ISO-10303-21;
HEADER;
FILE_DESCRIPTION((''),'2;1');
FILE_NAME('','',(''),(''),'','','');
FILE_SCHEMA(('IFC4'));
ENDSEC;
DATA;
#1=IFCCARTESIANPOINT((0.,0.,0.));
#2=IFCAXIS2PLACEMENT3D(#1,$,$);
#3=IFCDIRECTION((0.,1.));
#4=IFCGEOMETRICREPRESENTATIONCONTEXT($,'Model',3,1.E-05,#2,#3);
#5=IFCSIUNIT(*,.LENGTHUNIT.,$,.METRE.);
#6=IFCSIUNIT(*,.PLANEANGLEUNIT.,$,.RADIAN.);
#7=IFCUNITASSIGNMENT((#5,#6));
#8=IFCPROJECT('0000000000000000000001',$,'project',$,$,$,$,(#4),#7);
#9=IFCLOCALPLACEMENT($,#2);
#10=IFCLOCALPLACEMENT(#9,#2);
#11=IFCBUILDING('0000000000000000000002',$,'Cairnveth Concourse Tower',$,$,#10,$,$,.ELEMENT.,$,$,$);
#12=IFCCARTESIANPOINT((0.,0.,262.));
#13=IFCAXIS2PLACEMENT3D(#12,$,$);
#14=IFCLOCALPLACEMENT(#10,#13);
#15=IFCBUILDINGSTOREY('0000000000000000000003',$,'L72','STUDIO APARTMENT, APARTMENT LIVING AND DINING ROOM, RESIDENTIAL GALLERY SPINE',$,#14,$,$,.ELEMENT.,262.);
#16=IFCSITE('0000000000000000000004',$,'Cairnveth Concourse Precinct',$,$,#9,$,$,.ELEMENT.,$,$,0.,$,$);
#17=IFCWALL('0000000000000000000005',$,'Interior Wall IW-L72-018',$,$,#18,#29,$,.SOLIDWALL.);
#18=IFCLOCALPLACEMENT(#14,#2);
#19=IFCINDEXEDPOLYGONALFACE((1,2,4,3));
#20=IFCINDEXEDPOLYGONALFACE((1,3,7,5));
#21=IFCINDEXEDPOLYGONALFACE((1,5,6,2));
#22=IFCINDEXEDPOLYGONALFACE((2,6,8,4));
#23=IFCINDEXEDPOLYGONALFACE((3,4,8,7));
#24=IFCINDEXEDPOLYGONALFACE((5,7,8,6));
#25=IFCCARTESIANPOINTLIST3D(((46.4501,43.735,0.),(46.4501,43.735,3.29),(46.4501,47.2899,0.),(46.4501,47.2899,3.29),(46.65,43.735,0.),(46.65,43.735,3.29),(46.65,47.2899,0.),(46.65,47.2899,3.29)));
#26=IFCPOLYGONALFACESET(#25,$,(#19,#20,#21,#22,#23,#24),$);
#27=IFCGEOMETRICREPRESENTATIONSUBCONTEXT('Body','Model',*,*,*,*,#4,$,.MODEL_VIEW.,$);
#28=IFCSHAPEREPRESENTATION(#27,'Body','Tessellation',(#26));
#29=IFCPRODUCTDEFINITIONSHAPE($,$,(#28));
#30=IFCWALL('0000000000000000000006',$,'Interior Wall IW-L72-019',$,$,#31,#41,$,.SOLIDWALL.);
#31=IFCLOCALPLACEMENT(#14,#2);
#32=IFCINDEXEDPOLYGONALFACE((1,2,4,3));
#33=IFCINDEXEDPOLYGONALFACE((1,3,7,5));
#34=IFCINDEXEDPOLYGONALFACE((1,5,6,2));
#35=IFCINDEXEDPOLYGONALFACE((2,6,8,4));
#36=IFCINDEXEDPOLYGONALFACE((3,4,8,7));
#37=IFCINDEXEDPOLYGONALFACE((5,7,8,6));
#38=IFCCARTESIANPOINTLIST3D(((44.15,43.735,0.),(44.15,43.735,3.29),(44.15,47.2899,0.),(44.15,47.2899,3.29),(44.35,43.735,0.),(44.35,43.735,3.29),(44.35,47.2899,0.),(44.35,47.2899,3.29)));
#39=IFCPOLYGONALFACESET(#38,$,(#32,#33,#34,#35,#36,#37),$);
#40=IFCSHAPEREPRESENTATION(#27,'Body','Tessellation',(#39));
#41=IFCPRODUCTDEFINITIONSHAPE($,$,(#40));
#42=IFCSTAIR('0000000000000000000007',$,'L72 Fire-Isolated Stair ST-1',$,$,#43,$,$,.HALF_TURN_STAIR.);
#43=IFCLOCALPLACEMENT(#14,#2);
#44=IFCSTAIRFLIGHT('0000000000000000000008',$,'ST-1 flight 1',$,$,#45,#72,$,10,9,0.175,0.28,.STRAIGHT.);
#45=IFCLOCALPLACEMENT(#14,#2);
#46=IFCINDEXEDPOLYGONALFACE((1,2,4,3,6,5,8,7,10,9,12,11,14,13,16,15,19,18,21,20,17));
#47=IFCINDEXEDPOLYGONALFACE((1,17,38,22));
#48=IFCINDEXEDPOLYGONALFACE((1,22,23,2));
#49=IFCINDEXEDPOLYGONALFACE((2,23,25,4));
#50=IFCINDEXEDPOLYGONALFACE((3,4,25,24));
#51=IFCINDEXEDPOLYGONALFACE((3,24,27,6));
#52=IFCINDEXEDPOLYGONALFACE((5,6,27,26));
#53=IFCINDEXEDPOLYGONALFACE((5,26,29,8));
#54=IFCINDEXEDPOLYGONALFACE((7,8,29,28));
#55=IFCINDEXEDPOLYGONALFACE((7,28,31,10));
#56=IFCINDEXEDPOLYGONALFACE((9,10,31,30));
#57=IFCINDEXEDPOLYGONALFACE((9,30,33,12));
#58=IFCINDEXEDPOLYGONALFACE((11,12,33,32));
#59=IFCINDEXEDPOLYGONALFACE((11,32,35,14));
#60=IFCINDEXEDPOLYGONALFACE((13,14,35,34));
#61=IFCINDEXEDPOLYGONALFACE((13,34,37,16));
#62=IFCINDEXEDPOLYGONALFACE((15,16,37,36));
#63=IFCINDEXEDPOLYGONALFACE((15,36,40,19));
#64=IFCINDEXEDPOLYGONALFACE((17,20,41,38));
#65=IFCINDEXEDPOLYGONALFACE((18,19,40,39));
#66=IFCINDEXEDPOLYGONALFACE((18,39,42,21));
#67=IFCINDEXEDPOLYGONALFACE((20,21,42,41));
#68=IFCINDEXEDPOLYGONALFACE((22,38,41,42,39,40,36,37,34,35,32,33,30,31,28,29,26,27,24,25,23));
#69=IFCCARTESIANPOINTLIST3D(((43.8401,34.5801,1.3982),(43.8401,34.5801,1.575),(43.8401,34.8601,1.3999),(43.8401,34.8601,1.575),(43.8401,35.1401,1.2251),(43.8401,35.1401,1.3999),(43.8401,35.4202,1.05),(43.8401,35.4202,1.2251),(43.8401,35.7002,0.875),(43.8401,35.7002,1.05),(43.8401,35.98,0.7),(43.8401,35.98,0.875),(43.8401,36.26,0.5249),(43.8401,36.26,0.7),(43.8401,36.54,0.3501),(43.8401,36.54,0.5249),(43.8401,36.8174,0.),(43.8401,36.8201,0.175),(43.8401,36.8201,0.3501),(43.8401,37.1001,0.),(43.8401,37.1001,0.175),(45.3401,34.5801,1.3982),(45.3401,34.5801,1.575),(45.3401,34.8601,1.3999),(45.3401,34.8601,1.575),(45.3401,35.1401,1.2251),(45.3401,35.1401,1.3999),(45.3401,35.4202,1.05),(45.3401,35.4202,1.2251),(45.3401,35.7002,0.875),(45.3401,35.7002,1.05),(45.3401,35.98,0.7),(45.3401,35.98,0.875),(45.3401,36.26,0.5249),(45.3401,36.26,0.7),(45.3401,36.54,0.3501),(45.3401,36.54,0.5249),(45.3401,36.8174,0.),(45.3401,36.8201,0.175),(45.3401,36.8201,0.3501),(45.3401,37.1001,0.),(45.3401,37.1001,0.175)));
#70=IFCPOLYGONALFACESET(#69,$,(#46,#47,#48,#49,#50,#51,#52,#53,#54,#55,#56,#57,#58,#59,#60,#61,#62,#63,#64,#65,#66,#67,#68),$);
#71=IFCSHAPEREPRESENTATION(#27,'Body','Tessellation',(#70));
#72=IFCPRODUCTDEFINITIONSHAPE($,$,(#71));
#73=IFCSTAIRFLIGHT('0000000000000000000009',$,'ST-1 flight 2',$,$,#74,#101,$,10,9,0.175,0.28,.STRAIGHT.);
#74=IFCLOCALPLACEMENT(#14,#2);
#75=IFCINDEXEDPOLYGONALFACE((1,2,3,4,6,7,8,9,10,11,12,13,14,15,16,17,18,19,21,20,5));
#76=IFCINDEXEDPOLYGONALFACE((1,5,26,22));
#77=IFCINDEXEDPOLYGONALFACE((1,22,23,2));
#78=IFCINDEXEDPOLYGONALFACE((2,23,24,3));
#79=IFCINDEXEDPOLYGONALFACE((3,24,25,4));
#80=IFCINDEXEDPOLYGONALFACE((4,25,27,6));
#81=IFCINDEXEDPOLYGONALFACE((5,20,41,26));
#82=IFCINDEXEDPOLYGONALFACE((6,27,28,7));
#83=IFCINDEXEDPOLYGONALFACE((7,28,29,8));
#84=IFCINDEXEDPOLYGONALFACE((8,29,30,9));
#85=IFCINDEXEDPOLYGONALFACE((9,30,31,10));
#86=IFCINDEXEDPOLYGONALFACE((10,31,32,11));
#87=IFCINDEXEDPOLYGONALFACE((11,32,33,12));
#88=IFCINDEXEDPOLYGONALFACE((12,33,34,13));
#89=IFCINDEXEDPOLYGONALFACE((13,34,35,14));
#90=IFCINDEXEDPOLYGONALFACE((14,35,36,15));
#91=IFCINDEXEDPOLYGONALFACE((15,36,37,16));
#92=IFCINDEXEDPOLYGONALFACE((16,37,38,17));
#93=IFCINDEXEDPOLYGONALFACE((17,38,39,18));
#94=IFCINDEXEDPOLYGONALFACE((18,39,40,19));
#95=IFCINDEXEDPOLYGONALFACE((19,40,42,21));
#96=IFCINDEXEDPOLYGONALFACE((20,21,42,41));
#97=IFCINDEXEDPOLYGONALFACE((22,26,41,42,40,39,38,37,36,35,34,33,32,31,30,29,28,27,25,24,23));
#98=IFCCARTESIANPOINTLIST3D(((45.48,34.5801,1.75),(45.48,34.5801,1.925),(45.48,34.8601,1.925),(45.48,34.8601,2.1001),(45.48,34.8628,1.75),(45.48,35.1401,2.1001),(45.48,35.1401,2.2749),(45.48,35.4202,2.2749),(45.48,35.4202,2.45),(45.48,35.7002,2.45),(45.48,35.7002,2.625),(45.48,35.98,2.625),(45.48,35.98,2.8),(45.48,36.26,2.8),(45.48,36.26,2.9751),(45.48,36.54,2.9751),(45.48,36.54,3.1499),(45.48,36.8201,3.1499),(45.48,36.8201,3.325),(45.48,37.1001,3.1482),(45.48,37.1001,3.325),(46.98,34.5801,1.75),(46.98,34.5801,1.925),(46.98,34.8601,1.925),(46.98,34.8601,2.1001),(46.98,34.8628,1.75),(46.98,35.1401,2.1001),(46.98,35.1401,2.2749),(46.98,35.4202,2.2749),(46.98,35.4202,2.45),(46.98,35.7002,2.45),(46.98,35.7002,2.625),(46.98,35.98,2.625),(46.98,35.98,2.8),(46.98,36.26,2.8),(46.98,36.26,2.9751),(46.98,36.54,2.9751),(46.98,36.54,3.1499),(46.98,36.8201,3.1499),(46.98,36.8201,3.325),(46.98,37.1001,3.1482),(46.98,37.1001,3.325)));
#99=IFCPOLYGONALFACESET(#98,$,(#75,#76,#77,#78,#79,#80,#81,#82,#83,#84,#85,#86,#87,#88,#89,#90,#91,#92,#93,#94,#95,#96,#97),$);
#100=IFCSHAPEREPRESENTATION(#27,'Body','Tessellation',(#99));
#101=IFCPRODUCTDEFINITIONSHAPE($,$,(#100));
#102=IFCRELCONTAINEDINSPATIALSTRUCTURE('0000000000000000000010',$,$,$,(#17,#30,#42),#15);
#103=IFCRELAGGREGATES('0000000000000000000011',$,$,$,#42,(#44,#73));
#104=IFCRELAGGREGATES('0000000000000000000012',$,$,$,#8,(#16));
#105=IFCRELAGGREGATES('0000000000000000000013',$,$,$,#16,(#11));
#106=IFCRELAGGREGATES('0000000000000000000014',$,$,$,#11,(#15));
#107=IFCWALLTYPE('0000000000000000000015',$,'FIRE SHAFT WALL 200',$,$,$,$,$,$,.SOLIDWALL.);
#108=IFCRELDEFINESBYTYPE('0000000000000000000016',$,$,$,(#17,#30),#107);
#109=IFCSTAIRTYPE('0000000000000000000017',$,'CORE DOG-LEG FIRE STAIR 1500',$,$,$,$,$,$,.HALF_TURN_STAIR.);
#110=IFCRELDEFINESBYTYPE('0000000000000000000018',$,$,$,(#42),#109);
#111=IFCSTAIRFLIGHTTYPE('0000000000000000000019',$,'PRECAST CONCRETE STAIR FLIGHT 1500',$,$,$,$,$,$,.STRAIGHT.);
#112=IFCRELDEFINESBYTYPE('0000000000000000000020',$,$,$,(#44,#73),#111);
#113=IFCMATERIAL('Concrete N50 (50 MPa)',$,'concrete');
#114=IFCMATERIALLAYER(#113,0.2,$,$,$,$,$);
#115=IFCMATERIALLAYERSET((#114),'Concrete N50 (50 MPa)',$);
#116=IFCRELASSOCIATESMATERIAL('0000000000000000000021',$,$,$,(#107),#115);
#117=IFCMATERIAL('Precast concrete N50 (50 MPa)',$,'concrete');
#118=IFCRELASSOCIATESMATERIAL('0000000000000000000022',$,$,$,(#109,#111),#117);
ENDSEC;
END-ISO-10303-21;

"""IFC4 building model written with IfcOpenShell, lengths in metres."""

from ifc_helpers import new_model, si_unit, direction, frame, frame_2d, origin, place, context, subcontext, project, spatial, polyline, rectangle, outline, extrude, material, layer, layer_set, type_object, element, aggregate, save


model = new_model("IFC4")

# Units and contexts
model_context = context("Model", 3, precision=1e-05, world=origin(), true_north=direction((0.0, 1.0)))
body_context = subcontext(model_context, "Body", "Model", "MODEL_VIEW")
ifc_project = project(units=[si_unit("LENGTHUNIT", "METRE"), si_unit("PLANEANGLEUNIT", "RADIAN")], contexts=[model_context])

# Site, building, storey
site_placement = place(None, origin())
site = spatial("IfcSite", under=ifc_project, at=site_placement, Name="Cairnveth Concourse Precinct", CompositionType="ELEMENT", RefElevation=0.0)
building_placement = place(site_placement, origin())
building = spatial("IfcBuilding", under=site, at=building_placement, Name="Cairnveth Concourse Tower", CompositionType="ELEMENT")
storey_placement = place(building_placement, frame((0.0, 0.0, 262.0)))
storey = spatial("IfcBuildingStorey", under=building, at=storey_placement, Name="L72", Description="STUDIO APARTMENT, APARTMENT LIVING AND DINING ROOM, RESIDENTIAL GALLERY SPINE", CompositionType="ELEMENT", Elevation=262.0)

# Shared definitions
ifc_material_1 = material(Name="Concrete N50 (50 MPa)", Category="concrete")

# Shared definitions
ifc_layer_1 = layer(ifc_material_1, 0.2)
ifc_layer_set_1 = layer_set([ifc_layer_1], Name="Concrete N50 (50 MPa)")
wall_type_1 = type_object("IfcWallType", Name="FIRE SHAFT WALL 200", PredefinedType="SOLIDWALL", material=ifc_layer_set_1)

# Walls
for number, where, z_axis, x_axis, name in (
    (1, (46.55, 43.7351, 0.0), (0.0, 0.0, 1.0), (0.0, 1.0, 0.0), "Interior Wall IW-L72-018"),
    (2, (44.25, 43.7351, 0.0), (0.0, 0.0, 1.0), (0.0, 1.0, 0.0), "Interior Wall IW-L72-019"),
):
    element("IfcWall", number, at=place(storey_placement, frame(where, z_axis=z_axis, x_axis=x_axis)), inside=storey, type_object=wall_type_1, Name=name, PredefinedType="SOLIDWALL", context=body_context, shape_type="SweptSolid", body=[
        extrude(rectangle(XDim=3.5549, YDim=0.2, at=frame_2d((1.7773, 0.0))), origin(), (0.0, 0.0, 1.0), 3.29),
    ])

# Stair, stair flights
ifc_material_2 = material(Name="Precast concrete N50 (50 MPa)", Category="concrete")
stair_type = type_object("IfcStairType", Name="CORE DOG-LEG FIRE STAIR 1500", PredefinedType="HALF_TURN_STAIR", material=ifc_material_2)
stair_placement = place(storey_placement, origin())
stair = element("IfcStair", 3, at=stair_placement, inside=storey, type_object=stair_type, Name="L72 Fire-Isolated Stair ST-1", PredefinedType="HALF_TURN_STAIR")
stair_flight_type = type_object("IfcStairFlightType", Name="PRECAST CONCRETE STAIR FLIGHT 1500", PredefinedType="STRAIGHT", material=ifc_material_2)
stair_flight_1_placement = place(storey_placement, frame((44.5901, 37.1001, 0.0), z_axis=(0.0, 0.0, 1.0), x_axis=(0.0, -1.0, 0.0)))
stair_flight_1 = element("IfcStairFlight", 4, at=stair_flight_1_placement, type_object=stair_flight_type, Name="ST-1 flight 1", NumberOfRisers=10, NumberOfTreads=9, PredefinedType="STRAIGHT", RiserHeight=0.175, TreadLength=0.28, context=body_context, shape_type="SweptSolid", body=[
    extrude(outline(polyline([(0.0, 0.0), (0.0, 0.175), (0.28, 0.175), (0.28, 0.3501), (0.5601, 0.3501), (0.5601, 0.5249), (0.8401, 0.5249), (0.8401, 0.7), (1.1201, 0.7), (1.1201, 0.875), (1.3999, 0.875), (1.3999, 1.05), (1.6799, 1.05), (1.6799, 1.2251), (1.96, 1.2251), (1.96, 1.3999), (2.24, 1.3999), (2.24, 1.575), (2.52, 1.575), (2.52, 1.75), (2.52, 1.3982), (0.2827, 0.0), (0.0, 0.0)])), frame((0.0, 0.75, 0.0), z_axis=(0.0, -1.0, 0.0), x_axis=(1.0, 0.0, 0.0)), (0.0, 0.0, 1.0), 1.5),
])
stair_flight_2_placement = place(storey_placement, frame((46.23, 34.5801, 1.75), z_axis=(0.0, 0.0, 1.0), x_axis=(0.0, 1.0, 0.0)))
stair_flight_2 = element("IfcStairFlight", 5, at=stair_flight_2_placement, type_object=stair_flight_type, Name="ST-1 flight 2", NumberOfRisers=10, NumberOfTreads=9, PredefinedType="STRAIGHT", RiserHeight=0.175, TreadLength=0.28, context=body_context, shape_type="SweptSolid", body=[
    extrude(outline(polyline([(0.0, 0.0), (0.0, 0.175), (0.28, 0.175), (0.28, 0.3501), (0.5601, 0.3501), (0.5601, 0.5249), (0.8401, 0.5249), (0.8401, 0.7), (1.1201, 0.7), (1.1201, 0.875), (1.3999, 0.875), (1.3999, 1.05), (1.6799, 1.05), (1.6799, 1.2251), (1.96, 1.2251), (1.96, 1.3999), (2.24, 1.3999), (2.24, 1.575), (2.52, 1.575), (2.52, 1.75), (2.52, 1.3982), (0.2827, 0.0), (0.0, 0.0)])), frame((0.0, 0.75, 0.0), z_axis=(0.0, -1.0, 0.0), x_axis=(1.0, 0.0, 0.0)), (0.0, 0.0, 1.0), 1.5),
])
aggregate(stair, [stair_flight_1, stair_flight_2])

save(model, "model.ifc")
